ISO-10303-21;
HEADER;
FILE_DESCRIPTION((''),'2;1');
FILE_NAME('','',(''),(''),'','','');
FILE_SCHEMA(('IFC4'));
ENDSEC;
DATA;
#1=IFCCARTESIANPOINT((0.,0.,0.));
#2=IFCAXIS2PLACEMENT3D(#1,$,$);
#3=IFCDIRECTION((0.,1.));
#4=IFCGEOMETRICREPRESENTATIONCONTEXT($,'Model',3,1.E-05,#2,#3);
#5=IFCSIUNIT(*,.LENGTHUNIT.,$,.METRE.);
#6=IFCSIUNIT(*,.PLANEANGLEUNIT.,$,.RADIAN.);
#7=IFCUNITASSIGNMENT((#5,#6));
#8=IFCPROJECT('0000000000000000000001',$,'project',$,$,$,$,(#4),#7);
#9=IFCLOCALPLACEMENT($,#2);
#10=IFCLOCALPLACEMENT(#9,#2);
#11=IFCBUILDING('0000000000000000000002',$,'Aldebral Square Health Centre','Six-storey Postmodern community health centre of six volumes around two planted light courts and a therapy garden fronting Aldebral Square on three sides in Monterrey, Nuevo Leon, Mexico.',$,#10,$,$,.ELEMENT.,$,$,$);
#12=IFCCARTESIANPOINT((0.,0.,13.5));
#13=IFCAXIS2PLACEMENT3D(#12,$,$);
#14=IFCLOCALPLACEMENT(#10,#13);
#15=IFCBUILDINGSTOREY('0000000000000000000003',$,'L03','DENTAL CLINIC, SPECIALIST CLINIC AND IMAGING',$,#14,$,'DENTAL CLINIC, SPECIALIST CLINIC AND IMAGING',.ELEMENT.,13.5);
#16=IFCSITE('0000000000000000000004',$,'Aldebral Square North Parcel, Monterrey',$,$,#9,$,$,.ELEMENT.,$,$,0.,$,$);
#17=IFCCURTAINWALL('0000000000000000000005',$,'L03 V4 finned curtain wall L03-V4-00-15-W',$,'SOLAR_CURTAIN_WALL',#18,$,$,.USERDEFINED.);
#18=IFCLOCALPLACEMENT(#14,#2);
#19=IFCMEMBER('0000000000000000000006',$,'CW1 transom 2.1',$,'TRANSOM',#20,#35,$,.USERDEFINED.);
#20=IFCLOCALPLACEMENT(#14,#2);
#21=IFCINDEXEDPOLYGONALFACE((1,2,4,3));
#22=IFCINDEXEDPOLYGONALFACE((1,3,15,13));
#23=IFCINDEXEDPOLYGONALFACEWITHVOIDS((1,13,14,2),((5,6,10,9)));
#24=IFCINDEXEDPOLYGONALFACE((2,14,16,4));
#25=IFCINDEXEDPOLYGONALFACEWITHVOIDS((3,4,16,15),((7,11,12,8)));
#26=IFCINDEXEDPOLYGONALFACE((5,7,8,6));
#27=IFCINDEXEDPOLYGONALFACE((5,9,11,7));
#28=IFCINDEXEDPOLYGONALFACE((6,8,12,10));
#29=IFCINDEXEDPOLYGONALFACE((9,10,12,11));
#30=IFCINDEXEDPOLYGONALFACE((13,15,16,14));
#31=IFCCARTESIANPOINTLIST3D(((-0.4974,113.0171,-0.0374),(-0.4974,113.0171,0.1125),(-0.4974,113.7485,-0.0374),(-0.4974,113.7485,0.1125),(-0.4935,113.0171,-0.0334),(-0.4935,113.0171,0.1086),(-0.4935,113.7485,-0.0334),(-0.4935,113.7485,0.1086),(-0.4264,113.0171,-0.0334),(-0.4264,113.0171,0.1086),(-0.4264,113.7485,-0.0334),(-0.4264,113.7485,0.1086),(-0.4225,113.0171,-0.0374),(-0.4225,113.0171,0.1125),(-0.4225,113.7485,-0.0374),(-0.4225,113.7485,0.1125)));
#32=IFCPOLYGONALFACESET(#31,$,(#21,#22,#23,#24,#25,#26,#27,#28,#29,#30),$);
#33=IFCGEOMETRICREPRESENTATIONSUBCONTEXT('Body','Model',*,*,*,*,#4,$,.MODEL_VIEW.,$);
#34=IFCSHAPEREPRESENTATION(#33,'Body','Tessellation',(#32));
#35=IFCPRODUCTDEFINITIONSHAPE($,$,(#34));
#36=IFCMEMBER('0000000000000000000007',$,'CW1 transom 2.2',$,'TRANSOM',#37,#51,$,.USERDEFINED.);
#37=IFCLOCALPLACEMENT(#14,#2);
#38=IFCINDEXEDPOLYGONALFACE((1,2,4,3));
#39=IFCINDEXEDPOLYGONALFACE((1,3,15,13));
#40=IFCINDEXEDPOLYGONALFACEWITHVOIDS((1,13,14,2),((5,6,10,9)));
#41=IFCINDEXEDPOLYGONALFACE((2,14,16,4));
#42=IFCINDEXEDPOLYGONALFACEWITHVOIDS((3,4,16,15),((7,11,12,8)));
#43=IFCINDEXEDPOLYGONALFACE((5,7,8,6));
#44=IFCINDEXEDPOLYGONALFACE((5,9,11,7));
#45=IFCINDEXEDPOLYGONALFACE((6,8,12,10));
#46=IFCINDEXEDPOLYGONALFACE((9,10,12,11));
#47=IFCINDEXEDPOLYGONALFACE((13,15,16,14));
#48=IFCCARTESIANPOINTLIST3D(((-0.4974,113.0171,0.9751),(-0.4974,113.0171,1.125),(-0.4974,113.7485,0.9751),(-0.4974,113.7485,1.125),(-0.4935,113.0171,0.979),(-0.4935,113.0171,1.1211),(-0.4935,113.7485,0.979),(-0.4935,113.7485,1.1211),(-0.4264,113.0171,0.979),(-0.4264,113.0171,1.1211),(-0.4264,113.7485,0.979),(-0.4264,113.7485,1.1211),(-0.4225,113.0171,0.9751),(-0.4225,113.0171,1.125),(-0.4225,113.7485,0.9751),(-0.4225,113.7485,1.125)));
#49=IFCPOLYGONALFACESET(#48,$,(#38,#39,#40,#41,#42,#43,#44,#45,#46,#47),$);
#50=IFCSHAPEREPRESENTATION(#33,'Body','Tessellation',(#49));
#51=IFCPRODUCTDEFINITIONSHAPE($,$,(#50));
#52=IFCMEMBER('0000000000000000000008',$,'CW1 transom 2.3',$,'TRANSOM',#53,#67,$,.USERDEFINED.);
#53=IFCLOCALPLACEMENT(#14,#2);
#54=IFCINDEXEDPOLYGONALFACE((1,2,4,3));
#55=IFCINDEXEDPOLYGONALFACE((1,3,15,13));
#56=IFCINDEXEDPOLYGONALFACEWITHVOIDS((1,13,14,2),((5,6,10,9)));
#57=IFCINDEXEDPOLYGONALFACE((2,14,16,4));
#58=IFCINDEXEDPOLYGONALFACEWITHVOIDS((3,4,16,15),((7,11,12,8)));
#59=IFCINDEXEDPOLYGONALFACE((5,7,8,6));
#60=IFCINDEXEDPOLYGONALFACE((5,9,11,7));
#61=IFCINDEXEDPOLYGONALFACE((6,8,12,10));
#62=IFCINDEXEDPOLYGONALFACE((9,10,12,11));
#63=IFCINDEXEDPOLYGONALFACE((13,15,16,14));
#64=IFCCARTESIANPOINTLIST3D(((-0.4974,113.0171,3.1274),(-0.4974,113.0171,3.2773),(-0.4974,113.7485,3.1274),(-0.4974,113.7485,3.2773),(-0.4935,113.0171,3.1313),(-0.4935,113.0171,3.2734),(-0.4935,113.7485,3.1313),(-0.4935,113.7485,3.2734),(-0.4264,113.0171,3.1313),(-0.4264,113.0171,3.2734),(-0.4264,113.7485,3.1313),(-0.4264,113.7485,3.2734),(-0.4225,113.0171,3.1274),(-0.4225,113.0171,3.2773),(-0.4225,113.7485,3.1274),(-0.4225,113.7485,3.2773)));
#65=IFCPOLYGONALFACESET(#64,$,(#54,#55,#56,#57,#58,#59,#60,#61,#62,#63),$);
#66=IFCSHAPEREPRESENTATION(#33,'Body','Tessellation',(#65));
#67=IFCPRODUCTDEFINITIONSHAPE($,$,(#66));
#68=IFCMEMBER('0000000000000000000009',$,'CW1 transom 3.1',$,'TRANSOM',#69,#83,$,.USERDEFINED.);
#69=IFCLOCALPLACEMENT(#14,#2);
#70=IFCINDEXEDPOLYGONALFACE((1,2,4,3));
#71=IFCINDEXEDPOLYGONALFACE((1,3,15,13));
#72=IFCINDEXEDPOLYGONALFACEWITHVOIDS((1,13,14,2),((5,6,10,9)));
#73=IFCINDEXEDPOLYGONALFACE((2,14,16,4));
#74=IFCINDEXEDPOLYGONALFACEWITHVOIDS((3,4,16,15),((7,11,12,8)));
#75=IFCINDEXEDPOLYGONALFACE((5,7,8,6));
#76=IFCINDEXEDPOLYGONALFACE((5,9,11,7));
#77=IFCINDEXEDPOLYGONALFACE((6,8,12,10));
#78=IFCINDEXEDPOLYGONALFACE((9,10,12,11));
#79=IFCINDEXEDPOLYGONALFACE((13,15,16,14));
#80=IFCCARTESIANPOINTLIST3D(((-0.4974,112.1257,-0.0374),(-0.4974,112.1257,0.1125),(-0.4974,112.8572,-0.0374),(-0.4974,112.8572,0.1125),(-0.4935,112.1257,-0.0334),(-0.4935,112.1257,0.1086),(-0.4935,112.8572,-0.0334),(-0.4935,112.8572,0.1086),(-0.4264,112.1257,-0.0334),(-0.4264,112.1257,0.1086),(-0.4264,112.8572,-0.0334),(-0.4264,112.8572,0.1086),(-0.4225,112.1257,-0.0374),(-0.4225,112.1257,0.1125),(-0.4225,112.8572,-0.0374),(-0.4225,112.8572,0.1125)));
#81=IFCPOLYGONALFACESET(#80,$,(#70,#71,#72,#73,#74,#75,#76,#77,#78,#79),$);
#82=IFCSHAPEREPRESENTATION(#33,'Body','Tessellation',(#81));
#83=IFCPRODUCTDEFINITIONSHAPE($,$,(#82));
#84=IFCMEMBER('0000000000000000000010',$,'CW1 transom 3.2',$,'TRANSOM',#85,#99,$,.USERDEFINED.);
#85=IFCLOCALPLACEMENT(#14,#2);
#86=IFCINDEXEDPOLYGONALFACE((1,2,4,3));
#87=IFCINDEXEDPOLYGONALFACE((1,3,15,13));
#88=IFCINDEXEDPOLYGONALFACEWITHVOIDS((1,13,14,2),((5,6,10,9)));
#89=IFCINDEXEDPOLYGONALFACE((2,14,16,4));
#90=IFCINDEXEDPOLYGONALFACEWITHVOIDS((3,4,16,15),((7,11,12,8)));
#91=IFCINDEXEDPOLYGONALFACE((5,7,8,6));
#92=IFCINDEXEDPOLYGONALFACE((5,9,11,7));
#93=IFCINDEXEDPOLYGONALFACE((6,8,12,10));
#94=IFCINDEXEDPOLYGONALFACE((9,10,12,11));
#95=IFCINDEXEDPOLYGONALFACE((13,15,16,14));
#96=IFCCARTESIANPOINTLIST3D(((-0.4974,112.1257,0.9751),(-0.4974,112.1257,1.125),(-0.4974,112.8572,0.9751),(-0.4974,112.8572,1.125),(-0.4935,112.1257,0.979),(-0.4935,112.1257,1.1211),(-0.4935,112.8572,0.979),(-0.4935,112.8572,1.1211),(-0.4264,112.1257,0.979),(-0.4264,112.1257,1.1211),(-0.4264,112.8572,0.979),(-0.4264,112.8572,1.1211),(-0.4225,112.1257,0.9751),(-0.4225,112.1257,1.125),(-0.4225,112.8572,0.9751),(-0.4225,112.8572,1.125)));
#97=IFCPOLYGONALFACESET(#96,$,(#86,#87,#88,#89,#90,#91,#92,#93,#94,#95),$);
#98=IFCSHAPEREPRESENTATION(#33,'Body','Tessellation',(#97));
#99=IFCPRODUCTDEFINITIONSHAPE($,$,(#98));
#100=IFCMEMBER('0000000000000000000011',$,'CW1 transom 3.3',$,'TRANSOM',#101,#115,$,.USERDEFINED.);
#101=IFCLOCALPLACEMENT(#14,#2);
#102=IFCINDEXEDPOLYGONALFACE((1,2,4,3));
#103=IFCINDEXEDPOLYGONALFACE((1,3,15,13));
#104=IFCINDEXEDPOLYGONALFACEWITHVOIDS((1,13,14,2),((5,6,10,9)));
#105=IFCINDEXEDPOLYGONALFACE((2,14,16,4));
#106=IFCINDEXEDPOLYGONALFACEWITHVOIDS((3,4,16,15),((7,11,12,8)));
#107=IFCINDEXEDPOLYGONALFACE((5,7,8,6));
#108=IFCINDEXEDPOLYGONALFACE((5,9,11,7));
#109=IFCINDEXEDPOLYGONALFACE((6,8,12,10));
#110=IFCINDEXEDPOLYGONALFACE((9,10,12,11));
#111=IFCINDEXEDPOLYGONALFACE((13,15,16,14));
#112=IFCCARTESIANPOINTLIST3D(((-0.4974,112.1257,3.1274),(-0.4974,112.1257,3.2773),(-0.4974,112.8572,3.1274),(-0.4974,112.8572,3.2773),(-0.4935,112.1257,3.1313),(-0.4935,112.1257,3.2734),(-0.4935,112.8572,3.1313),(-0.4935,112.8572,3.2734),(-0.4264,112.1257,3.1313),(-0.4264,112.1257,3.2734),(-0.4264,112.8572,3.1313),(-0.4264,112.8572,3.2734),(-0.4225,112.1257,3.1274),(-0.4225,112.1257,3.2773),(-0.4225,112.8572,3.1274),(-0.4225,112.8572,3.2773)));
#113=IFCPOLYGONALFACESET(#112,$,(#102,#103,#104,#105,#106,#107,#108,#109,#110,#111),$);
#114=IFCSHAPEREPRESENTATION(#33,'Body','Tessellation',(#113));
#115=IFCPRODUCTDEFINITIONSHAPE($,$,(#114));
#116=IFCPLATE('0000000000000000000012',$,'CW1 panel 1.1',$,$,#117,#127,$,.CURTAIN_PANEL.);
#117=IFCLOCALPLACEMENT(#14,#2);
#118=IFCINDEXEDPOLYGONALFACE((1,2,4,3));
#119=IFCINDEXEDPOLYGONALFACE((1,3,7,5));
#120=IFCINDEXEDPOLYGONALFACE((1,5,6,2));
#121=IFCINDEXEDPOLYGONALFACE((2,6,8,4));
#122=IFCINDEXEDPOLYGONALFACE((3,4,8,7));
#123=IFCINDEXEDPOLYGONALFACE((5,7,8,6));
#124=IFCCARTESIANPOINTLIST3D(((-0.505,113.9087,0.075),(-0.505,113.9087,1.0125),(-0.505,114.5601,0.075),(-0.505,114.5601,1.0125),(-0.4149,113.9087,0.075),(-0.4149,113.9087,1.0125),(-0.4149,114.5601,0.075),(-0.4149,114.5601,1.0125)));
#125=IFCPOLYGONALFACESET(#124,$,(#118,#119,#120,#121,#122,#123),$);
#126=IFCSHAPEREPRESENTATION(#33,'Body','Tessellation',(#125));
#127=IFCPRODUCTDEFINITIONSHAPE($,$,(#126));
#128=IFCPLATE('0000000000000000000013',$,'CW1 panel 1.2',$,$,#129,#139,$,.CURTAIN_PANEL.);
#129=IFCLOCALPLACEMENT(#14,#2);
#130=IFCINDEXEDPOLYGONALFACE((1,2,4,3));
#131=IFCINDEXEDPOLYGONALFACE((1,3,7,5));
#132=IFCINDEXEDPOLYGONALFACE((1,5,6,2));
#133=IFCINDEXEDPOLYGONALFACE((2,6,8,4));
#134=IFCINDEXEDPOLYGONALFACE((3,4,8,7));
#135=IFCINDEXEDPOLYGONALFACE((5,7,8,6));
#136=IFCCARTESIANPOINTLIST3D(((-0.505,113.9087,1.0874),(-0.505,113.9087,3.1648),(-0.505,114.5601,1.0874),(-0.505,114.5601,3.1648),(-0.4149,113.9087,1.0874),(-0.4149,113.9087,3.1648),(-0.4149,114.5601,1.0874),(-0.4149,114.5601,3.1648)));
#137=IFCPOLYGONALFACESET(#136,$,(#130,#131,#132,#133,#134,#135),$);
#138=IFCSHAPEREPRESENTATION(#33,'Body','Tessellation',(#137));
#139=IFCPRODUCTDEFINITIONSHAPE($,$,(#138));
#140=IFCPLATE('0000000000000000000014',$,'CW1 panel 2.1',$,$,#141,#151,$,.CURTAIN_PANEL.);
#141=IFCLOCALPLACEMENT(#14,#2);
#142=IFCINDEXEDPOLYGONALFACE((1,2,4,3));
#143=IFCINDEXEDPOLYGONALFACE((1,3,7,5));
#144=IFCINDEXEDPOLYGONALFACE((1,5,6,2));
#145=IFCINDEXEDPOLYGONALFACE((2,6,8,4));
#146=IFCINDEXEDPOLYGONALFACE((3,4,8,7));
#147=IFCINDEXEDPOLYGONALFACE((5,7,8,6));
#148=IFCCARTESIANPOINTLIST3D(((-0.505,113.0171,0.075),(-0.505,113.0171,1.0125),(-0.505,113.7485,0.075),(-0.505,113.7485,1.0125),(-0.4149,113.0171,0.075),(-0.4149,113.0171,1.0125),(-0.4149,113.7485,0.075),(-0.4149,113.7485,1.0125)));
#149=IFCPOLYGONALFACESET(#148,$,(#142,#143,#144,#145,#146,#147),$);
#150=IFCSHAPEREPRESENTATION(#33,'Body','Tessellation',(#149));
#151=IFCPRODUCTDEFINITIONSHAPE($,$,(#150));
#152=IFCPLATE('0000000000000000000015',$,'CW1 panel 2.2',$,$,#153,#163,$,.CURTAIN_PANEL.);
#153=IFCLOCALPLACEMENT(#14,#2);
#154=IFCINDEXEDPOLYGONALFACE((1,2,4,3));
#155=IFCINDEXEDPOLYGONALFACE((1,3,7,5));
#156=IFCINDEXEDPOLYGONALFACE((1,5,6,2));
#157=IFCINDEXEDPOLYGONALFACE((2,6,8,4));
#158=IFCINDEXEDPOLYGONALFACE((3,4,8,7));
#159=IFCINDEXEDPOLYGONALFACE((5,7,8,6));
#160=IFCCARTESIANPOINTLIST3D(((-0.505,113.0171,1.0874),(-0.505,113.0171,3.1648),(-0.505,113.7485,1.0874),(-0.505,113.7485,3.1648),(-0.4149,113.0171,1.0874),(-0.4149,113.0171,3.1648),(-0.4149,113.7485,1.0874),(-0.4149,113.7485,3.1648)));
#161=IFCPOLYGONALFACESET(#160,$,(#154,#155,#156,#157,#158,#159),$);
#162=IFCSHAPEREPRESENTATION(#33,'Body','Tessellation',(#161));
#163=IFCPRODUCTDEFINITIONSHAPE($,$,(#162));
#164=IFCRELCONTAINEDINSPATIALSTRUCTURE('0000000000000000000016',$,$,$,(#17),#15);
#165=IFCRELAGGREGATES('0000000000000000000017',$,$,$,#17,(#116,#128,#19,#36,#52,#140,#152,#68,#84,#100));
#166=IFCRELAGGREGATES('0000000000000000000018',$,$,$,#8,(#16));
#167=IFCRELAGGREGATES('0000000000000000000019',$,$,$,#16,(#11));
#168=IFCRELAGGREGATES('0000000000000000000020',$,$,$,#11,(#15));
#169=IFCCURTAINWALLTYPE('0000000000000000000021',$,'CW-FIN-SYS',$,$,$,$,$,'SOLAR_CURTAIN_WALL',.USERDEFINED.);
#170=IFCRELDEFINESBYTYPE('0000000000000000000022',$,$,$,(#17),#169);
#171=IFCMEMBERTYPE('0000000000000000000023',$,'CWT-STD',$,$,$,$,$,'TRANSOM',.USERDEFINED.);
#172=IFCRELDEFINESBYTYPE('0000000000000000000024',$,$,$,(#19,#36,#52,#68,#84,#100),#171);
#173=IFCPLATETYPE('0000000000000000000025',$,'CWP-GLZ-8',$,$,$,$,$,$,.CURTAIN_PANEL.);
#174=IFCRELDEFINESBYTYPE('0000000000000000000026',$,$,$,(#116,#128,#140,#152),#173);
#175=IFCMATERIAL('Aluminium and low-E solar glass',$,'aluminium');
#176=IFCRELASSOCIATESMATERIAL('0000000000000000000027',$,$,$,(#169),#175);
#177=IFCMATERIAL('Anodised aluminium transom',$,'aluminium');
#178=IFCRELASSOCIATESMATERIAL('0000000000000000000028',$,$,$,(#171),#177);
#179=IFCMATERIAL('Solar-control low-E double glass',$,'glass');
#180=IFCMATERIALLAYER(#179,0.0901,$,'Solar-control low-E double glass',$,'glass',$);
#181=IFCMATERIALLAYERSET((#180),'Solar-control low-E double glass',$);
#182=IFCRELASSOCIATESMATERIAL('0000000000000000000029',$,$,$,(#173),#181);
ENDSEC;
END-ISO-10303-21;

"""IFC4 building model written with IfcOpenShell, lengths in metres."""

from ifc_helpers import new_model, si_unit, direction, frame, origin, origin_2d, place, context, subcontext, project, spatial, rectangle, hollow_rectangle, extrude, material, layer, layer_set, material_profile, profile_set, type_object, element, aggregate, save


model = new_model("IFC4")

# Units and contexts
model_context = context("Model", 3, precision=1e-05, world=origin(), true_north=direction((0.0, 1.0)))
body_context = subcontext(model_context, "Body", "Model", "MODEL_VIEW")
ifc_project = project(units=[si_unit("LENGTHUNIT", "METRE"), si_unit("PLANEANGLEUNIT", "RADIAN")], contexts=[model_context])

# Site, building, storey
site_placement = place(None, origin())
site = spatial("IfcSite", under=ifc_project, at=site_placement, Name="Aldebral Square North Parcel, Monterrey", CompositionType="ELEMENT", RefElevation=0.0)
building_placement = place(site_placement, origin())
building = spatial("IfcBuilding", under=site, at=building_placement, Name="Aldebral Square Health Centre", Description="Six-storey Postmodern community health centre of six volumes around two planted light courts and a therapy garden fronting Aldebral Square on three sides in Monterrey, Nuevo Leon, Mexico.", CompositionType="ELEMENT")
storey_placement = place(building_placement, frame((0.0, 0.0, 13.5)))
storey = spatial("IfcBuildingStorey", under=building, at=storey_placement, Name="L03", Description="DENTAL CLINIC, SPECIALIST CLINIC AND IMAGING", LongName="DENTAL CLINIC, SPECIALIST CLINIC AND IMAGING", CompositionType="ELEMENT", Elevation=13.5)

# Curtain wall, members, plates
ifc_material_1 = material(Name="Aluminium and low-E solar glass", Category="aluminium")
curtain_wall_type = type_object("IfcCurtainWallType", Name="CW-FIN-SYS", ElementType="SOLAR_CURTAIN_WALL", PredefinedType="USERDEFINED", material=ifc_material_1)
curtain_wall_placement = place(storey_placement, origin())
curtain_wall = element("IfcCurtainWall", 1, at=curtain_wall_placement, inside=storey, type_object=curtain_wall_type, Name="L03 V4 finned curtain wall L03-V4-00-15-W", ObjectType="SOLAR_CURTAIN_WALL", PredefinedType="USERDEFINED")
ifc_material_2 = material(Name="Anodised aluminium transom", Category="aluminium")
ifc_material_profile_1 = material_profile(ifc_material_2, hollow_rectangle(XDim=0.075, YDim=0.1499, WallThickness=0.0039, at=origin_2d()), Name="CWT 75x150x4")
ifc_profile_set_1 = profile_set([ifc_material_profile_1], Name="Anodised aluminium transom")
member_type_1 = type_object("IfcMemberType", Name="CWT-STD", ElementType="TRANSOM", PredefinedType="USERDEFINED", material=ifc_profile_set_1)
member_1_placement = place(storey_placement, frame((-0.46, 113.7485, 0.0376), z_axis=(0.0, -1.0, 0.0), x_axis=(1.0, 0.0, 0.0)))
member_1 = element("IfcMember", 2, at=member_1_placement, type_object=member_type_1, Name="CW1 transom 2.1", ObjectType="TRANSOM", PredefinedType="USERDEFINED", context=body_context, shape_type="SweptSolid", body=[
    extrude(hollow_rectangle(XDim=0.075, YDim=0.1499, WallThickness=0.0039, at=origin_2d()), origin(), (0.0, 0.0, 1.0), 0.7314),
])
member_2_placement = place(storey_placement, frame((-0.46, 113.7485, 1.05), z_axis=(0.0, -1.0, 0.0), x_axis=(1.0, 0.0, 0.0)))
member_2 = element("IfcMember", 3, at=member_2_placement, type_object=member_type_1, Name="CW1 transom 2.2", ObjectType="TRANSOM", PredefinedType="USERDEFINED", context=body_context, shape_type="SweptSolid", body=[
    extrude(hollow_rectangle(XDim=0.075, YDim=0.1499, WallThickness=0.0039, at=origin_2d()), origin(), (0.0, 0.0, 1.0), 0.7314),
])
member_3_placement = place(storey_placement, frame((-0.46, 113.7485, 3.2024), z_axis=(0.0, -1.0, 0.0), x_axis=(1.0, 0.0, 0.0)))
member_3 = element("IfcMember", 4, at=member_3_placement, type_object=member_type_1, Name="CW1 transom 2.3", ObjectType="TRANSOM", PredefinedType="USERDEFINED", context=body_context, shape_type="SweptSolid", body=[
    extrude(hollow_rectangle(XDim=0.075, YDim=0.1499, WallThickness=0.0039, at=origin_2d()), origin(), (0.0, 0.0, 1.0), 0.7314),
])
member_4_placement = place(storey_placement, frame((-0.46, 112.8572, 0.0376), z_axis=(0.0, -1.0, 0.0), x_axis=(1.0, 0.0, 0.0)))
member_4 = element("IfcMember", 5, at=member_4_placement, type_object=member_type_1, Name="CW1 transom 3.1", ObjectType="TRANSOM", PredefinedType="USERDEFINED", context=body_context, shape_type="SweptSolid", body=[
    extrude(hollow_rectangle(XDim=0.075, YDim=0.1499, WallThickness=0.0039, at=origin_2d()), origin(), (0.0, 0.0, 1.0), 0.7314),
])
member_5_placement = place(storey_placement, frame((-0.46, 112.8572, 1.05), z_axis=(0.0, -1.0, 0.0), x_axis=(1.0, 0.0, 0.0)))
member_5 = element("IfcMember", 6, at=member_5_placement, type_object=member_type_1, Name="CW1 transom 3.2", ObjectType="TRANSOM", PredefinedType="USERDEFINED", context=body_context, shape_type="SweptSolid", body=[
    extrude(hollow_rectangle(XDim=0.075, YDim=0.1499, WallThickness=0.0039, at=origin_2d()), origin(), (0.0, 0.0, 1.0), 0.7314),
])
member_6_placement = place(storey_placement, frame((-0.46, 112.8572, 3.2024), z_axis=(0.0, -1.0, 0.0), x_axis=(1.0, 0.0, 0.0)))
member_6 = element("IfcMember", 7, at=member_6_placement, type_object=member_type_1, Name="CW1 transom 3.3", ObjectType="TRANSOM", PredefinedType="USERDEFINED", context=body_context, shape_type="SweptSolid", body=[
    extrude(hollow_rectangle(XDim=0.075, YDim=0.1499, WallThickness=0.0039, at=origin_2d()), origin(), (0.0, 0.0, 1.0), 0.7314),
])
ifc_material_3 = material(Name="Solar-control low-E double glass", Category="glass")
ifc_layer_1 = layer(ifc_material_3, 0.0901, Name="Solar-control low-E double glass", Category="glass")
ifc_layer_set_1 = layer_set([ifc_layer_1], Name="Solar-control low-E double glass")
plate_type = type_object("IfcPlateType", Name="CWP-GLZ-8", PredefinedType="CURTAIN_PANEL", material=ifc_layer_set_1)
plate_1_placement = place(storey_placement, frame((-0.46, 114.2344, 0.075), z_axis=(0.0, 0.0, 1.0), x_axis=(0.0, -1.0, 0.0)))
plate_1 = element("IfcPlate", 8, at=plate_1_placement, type_object=plate_type, Name="CW1 panel 1.1", PredefinedType="CURTAIN_PANEL", context=body_context, shape_type="SweptSolid", body=[
    extrude(rectangle(XDim=0.6514, YDim=0.0901, at=origin_2d()), origin(), (0.0, 0.0, 1.0), 0.9375),
])
plate_2_placement = place(storey_placement, frame((-0.46, 114.2344, 1.0874), z_axis=(0.0, 0.0, 1.0), x_axis=(0.0, -1.0, 0.0)))
plate_2 = element("IfcPlate", 9, at=plate_2_placement, type_object=plate_type, Name="CW1 panel 1.2", PredefinedType="CURTAIN_PANEL", context=body_context, shape_type="SweptSolid", body=[
    extrude(rectangle(XDim=0.6514, YDim=0.0901, at=origin_2d()), origin(), (0.0, 0.0, 1.0), 2.0774),
])
plate_3_placement = place(storey_placement, frame((-0.46, 113.3828, 0.075), z_axis=(0.0, 0.0, 1.0), x_axis=(0.0, -1.0, 0.0)))
plate_3 = element("IfcPlate", 10, at=plate_3_placement, type_object=plate_type, Name="CW1 panel 2.1", PredefinedType="CURTAIN_PANEL", context=body_context, shape_type="SweptSolid", body=[
    extrude(rectangle(XDim=0.7314, YDim=0.0901, at=origin_2d()), origin(), (0.0, 0.0, 1.0), 0.9375),
])
plate_4_placement = place(storey_placement, frame((-0.46, 113.3828, 1.0874), z_axis=(0.0, 0.0, 1.0), x_axis=(0.0, -1.0, 0.0)))
plate_4 = element("IfcPlate", 11, at=plate_4_placement, type_object=plate_type, Name="CW1 panel 2.2", PredefinedType="CURTAIN_PANEL", context=body_context, shape_type="SweptSolid", body=[
    extrude(rectangle(XDim=0.7314, YDim=0.0901, at=origin_2d()), origin(), (0.0, 0.0, 1.0), 2.0774),
])
aggregate(curtain_wall, [plate_1, plate_2, member_1, member_2, member_3, plate_3, plate_4, member_4, member_5, member_6])

save(model, "model.ifc")
